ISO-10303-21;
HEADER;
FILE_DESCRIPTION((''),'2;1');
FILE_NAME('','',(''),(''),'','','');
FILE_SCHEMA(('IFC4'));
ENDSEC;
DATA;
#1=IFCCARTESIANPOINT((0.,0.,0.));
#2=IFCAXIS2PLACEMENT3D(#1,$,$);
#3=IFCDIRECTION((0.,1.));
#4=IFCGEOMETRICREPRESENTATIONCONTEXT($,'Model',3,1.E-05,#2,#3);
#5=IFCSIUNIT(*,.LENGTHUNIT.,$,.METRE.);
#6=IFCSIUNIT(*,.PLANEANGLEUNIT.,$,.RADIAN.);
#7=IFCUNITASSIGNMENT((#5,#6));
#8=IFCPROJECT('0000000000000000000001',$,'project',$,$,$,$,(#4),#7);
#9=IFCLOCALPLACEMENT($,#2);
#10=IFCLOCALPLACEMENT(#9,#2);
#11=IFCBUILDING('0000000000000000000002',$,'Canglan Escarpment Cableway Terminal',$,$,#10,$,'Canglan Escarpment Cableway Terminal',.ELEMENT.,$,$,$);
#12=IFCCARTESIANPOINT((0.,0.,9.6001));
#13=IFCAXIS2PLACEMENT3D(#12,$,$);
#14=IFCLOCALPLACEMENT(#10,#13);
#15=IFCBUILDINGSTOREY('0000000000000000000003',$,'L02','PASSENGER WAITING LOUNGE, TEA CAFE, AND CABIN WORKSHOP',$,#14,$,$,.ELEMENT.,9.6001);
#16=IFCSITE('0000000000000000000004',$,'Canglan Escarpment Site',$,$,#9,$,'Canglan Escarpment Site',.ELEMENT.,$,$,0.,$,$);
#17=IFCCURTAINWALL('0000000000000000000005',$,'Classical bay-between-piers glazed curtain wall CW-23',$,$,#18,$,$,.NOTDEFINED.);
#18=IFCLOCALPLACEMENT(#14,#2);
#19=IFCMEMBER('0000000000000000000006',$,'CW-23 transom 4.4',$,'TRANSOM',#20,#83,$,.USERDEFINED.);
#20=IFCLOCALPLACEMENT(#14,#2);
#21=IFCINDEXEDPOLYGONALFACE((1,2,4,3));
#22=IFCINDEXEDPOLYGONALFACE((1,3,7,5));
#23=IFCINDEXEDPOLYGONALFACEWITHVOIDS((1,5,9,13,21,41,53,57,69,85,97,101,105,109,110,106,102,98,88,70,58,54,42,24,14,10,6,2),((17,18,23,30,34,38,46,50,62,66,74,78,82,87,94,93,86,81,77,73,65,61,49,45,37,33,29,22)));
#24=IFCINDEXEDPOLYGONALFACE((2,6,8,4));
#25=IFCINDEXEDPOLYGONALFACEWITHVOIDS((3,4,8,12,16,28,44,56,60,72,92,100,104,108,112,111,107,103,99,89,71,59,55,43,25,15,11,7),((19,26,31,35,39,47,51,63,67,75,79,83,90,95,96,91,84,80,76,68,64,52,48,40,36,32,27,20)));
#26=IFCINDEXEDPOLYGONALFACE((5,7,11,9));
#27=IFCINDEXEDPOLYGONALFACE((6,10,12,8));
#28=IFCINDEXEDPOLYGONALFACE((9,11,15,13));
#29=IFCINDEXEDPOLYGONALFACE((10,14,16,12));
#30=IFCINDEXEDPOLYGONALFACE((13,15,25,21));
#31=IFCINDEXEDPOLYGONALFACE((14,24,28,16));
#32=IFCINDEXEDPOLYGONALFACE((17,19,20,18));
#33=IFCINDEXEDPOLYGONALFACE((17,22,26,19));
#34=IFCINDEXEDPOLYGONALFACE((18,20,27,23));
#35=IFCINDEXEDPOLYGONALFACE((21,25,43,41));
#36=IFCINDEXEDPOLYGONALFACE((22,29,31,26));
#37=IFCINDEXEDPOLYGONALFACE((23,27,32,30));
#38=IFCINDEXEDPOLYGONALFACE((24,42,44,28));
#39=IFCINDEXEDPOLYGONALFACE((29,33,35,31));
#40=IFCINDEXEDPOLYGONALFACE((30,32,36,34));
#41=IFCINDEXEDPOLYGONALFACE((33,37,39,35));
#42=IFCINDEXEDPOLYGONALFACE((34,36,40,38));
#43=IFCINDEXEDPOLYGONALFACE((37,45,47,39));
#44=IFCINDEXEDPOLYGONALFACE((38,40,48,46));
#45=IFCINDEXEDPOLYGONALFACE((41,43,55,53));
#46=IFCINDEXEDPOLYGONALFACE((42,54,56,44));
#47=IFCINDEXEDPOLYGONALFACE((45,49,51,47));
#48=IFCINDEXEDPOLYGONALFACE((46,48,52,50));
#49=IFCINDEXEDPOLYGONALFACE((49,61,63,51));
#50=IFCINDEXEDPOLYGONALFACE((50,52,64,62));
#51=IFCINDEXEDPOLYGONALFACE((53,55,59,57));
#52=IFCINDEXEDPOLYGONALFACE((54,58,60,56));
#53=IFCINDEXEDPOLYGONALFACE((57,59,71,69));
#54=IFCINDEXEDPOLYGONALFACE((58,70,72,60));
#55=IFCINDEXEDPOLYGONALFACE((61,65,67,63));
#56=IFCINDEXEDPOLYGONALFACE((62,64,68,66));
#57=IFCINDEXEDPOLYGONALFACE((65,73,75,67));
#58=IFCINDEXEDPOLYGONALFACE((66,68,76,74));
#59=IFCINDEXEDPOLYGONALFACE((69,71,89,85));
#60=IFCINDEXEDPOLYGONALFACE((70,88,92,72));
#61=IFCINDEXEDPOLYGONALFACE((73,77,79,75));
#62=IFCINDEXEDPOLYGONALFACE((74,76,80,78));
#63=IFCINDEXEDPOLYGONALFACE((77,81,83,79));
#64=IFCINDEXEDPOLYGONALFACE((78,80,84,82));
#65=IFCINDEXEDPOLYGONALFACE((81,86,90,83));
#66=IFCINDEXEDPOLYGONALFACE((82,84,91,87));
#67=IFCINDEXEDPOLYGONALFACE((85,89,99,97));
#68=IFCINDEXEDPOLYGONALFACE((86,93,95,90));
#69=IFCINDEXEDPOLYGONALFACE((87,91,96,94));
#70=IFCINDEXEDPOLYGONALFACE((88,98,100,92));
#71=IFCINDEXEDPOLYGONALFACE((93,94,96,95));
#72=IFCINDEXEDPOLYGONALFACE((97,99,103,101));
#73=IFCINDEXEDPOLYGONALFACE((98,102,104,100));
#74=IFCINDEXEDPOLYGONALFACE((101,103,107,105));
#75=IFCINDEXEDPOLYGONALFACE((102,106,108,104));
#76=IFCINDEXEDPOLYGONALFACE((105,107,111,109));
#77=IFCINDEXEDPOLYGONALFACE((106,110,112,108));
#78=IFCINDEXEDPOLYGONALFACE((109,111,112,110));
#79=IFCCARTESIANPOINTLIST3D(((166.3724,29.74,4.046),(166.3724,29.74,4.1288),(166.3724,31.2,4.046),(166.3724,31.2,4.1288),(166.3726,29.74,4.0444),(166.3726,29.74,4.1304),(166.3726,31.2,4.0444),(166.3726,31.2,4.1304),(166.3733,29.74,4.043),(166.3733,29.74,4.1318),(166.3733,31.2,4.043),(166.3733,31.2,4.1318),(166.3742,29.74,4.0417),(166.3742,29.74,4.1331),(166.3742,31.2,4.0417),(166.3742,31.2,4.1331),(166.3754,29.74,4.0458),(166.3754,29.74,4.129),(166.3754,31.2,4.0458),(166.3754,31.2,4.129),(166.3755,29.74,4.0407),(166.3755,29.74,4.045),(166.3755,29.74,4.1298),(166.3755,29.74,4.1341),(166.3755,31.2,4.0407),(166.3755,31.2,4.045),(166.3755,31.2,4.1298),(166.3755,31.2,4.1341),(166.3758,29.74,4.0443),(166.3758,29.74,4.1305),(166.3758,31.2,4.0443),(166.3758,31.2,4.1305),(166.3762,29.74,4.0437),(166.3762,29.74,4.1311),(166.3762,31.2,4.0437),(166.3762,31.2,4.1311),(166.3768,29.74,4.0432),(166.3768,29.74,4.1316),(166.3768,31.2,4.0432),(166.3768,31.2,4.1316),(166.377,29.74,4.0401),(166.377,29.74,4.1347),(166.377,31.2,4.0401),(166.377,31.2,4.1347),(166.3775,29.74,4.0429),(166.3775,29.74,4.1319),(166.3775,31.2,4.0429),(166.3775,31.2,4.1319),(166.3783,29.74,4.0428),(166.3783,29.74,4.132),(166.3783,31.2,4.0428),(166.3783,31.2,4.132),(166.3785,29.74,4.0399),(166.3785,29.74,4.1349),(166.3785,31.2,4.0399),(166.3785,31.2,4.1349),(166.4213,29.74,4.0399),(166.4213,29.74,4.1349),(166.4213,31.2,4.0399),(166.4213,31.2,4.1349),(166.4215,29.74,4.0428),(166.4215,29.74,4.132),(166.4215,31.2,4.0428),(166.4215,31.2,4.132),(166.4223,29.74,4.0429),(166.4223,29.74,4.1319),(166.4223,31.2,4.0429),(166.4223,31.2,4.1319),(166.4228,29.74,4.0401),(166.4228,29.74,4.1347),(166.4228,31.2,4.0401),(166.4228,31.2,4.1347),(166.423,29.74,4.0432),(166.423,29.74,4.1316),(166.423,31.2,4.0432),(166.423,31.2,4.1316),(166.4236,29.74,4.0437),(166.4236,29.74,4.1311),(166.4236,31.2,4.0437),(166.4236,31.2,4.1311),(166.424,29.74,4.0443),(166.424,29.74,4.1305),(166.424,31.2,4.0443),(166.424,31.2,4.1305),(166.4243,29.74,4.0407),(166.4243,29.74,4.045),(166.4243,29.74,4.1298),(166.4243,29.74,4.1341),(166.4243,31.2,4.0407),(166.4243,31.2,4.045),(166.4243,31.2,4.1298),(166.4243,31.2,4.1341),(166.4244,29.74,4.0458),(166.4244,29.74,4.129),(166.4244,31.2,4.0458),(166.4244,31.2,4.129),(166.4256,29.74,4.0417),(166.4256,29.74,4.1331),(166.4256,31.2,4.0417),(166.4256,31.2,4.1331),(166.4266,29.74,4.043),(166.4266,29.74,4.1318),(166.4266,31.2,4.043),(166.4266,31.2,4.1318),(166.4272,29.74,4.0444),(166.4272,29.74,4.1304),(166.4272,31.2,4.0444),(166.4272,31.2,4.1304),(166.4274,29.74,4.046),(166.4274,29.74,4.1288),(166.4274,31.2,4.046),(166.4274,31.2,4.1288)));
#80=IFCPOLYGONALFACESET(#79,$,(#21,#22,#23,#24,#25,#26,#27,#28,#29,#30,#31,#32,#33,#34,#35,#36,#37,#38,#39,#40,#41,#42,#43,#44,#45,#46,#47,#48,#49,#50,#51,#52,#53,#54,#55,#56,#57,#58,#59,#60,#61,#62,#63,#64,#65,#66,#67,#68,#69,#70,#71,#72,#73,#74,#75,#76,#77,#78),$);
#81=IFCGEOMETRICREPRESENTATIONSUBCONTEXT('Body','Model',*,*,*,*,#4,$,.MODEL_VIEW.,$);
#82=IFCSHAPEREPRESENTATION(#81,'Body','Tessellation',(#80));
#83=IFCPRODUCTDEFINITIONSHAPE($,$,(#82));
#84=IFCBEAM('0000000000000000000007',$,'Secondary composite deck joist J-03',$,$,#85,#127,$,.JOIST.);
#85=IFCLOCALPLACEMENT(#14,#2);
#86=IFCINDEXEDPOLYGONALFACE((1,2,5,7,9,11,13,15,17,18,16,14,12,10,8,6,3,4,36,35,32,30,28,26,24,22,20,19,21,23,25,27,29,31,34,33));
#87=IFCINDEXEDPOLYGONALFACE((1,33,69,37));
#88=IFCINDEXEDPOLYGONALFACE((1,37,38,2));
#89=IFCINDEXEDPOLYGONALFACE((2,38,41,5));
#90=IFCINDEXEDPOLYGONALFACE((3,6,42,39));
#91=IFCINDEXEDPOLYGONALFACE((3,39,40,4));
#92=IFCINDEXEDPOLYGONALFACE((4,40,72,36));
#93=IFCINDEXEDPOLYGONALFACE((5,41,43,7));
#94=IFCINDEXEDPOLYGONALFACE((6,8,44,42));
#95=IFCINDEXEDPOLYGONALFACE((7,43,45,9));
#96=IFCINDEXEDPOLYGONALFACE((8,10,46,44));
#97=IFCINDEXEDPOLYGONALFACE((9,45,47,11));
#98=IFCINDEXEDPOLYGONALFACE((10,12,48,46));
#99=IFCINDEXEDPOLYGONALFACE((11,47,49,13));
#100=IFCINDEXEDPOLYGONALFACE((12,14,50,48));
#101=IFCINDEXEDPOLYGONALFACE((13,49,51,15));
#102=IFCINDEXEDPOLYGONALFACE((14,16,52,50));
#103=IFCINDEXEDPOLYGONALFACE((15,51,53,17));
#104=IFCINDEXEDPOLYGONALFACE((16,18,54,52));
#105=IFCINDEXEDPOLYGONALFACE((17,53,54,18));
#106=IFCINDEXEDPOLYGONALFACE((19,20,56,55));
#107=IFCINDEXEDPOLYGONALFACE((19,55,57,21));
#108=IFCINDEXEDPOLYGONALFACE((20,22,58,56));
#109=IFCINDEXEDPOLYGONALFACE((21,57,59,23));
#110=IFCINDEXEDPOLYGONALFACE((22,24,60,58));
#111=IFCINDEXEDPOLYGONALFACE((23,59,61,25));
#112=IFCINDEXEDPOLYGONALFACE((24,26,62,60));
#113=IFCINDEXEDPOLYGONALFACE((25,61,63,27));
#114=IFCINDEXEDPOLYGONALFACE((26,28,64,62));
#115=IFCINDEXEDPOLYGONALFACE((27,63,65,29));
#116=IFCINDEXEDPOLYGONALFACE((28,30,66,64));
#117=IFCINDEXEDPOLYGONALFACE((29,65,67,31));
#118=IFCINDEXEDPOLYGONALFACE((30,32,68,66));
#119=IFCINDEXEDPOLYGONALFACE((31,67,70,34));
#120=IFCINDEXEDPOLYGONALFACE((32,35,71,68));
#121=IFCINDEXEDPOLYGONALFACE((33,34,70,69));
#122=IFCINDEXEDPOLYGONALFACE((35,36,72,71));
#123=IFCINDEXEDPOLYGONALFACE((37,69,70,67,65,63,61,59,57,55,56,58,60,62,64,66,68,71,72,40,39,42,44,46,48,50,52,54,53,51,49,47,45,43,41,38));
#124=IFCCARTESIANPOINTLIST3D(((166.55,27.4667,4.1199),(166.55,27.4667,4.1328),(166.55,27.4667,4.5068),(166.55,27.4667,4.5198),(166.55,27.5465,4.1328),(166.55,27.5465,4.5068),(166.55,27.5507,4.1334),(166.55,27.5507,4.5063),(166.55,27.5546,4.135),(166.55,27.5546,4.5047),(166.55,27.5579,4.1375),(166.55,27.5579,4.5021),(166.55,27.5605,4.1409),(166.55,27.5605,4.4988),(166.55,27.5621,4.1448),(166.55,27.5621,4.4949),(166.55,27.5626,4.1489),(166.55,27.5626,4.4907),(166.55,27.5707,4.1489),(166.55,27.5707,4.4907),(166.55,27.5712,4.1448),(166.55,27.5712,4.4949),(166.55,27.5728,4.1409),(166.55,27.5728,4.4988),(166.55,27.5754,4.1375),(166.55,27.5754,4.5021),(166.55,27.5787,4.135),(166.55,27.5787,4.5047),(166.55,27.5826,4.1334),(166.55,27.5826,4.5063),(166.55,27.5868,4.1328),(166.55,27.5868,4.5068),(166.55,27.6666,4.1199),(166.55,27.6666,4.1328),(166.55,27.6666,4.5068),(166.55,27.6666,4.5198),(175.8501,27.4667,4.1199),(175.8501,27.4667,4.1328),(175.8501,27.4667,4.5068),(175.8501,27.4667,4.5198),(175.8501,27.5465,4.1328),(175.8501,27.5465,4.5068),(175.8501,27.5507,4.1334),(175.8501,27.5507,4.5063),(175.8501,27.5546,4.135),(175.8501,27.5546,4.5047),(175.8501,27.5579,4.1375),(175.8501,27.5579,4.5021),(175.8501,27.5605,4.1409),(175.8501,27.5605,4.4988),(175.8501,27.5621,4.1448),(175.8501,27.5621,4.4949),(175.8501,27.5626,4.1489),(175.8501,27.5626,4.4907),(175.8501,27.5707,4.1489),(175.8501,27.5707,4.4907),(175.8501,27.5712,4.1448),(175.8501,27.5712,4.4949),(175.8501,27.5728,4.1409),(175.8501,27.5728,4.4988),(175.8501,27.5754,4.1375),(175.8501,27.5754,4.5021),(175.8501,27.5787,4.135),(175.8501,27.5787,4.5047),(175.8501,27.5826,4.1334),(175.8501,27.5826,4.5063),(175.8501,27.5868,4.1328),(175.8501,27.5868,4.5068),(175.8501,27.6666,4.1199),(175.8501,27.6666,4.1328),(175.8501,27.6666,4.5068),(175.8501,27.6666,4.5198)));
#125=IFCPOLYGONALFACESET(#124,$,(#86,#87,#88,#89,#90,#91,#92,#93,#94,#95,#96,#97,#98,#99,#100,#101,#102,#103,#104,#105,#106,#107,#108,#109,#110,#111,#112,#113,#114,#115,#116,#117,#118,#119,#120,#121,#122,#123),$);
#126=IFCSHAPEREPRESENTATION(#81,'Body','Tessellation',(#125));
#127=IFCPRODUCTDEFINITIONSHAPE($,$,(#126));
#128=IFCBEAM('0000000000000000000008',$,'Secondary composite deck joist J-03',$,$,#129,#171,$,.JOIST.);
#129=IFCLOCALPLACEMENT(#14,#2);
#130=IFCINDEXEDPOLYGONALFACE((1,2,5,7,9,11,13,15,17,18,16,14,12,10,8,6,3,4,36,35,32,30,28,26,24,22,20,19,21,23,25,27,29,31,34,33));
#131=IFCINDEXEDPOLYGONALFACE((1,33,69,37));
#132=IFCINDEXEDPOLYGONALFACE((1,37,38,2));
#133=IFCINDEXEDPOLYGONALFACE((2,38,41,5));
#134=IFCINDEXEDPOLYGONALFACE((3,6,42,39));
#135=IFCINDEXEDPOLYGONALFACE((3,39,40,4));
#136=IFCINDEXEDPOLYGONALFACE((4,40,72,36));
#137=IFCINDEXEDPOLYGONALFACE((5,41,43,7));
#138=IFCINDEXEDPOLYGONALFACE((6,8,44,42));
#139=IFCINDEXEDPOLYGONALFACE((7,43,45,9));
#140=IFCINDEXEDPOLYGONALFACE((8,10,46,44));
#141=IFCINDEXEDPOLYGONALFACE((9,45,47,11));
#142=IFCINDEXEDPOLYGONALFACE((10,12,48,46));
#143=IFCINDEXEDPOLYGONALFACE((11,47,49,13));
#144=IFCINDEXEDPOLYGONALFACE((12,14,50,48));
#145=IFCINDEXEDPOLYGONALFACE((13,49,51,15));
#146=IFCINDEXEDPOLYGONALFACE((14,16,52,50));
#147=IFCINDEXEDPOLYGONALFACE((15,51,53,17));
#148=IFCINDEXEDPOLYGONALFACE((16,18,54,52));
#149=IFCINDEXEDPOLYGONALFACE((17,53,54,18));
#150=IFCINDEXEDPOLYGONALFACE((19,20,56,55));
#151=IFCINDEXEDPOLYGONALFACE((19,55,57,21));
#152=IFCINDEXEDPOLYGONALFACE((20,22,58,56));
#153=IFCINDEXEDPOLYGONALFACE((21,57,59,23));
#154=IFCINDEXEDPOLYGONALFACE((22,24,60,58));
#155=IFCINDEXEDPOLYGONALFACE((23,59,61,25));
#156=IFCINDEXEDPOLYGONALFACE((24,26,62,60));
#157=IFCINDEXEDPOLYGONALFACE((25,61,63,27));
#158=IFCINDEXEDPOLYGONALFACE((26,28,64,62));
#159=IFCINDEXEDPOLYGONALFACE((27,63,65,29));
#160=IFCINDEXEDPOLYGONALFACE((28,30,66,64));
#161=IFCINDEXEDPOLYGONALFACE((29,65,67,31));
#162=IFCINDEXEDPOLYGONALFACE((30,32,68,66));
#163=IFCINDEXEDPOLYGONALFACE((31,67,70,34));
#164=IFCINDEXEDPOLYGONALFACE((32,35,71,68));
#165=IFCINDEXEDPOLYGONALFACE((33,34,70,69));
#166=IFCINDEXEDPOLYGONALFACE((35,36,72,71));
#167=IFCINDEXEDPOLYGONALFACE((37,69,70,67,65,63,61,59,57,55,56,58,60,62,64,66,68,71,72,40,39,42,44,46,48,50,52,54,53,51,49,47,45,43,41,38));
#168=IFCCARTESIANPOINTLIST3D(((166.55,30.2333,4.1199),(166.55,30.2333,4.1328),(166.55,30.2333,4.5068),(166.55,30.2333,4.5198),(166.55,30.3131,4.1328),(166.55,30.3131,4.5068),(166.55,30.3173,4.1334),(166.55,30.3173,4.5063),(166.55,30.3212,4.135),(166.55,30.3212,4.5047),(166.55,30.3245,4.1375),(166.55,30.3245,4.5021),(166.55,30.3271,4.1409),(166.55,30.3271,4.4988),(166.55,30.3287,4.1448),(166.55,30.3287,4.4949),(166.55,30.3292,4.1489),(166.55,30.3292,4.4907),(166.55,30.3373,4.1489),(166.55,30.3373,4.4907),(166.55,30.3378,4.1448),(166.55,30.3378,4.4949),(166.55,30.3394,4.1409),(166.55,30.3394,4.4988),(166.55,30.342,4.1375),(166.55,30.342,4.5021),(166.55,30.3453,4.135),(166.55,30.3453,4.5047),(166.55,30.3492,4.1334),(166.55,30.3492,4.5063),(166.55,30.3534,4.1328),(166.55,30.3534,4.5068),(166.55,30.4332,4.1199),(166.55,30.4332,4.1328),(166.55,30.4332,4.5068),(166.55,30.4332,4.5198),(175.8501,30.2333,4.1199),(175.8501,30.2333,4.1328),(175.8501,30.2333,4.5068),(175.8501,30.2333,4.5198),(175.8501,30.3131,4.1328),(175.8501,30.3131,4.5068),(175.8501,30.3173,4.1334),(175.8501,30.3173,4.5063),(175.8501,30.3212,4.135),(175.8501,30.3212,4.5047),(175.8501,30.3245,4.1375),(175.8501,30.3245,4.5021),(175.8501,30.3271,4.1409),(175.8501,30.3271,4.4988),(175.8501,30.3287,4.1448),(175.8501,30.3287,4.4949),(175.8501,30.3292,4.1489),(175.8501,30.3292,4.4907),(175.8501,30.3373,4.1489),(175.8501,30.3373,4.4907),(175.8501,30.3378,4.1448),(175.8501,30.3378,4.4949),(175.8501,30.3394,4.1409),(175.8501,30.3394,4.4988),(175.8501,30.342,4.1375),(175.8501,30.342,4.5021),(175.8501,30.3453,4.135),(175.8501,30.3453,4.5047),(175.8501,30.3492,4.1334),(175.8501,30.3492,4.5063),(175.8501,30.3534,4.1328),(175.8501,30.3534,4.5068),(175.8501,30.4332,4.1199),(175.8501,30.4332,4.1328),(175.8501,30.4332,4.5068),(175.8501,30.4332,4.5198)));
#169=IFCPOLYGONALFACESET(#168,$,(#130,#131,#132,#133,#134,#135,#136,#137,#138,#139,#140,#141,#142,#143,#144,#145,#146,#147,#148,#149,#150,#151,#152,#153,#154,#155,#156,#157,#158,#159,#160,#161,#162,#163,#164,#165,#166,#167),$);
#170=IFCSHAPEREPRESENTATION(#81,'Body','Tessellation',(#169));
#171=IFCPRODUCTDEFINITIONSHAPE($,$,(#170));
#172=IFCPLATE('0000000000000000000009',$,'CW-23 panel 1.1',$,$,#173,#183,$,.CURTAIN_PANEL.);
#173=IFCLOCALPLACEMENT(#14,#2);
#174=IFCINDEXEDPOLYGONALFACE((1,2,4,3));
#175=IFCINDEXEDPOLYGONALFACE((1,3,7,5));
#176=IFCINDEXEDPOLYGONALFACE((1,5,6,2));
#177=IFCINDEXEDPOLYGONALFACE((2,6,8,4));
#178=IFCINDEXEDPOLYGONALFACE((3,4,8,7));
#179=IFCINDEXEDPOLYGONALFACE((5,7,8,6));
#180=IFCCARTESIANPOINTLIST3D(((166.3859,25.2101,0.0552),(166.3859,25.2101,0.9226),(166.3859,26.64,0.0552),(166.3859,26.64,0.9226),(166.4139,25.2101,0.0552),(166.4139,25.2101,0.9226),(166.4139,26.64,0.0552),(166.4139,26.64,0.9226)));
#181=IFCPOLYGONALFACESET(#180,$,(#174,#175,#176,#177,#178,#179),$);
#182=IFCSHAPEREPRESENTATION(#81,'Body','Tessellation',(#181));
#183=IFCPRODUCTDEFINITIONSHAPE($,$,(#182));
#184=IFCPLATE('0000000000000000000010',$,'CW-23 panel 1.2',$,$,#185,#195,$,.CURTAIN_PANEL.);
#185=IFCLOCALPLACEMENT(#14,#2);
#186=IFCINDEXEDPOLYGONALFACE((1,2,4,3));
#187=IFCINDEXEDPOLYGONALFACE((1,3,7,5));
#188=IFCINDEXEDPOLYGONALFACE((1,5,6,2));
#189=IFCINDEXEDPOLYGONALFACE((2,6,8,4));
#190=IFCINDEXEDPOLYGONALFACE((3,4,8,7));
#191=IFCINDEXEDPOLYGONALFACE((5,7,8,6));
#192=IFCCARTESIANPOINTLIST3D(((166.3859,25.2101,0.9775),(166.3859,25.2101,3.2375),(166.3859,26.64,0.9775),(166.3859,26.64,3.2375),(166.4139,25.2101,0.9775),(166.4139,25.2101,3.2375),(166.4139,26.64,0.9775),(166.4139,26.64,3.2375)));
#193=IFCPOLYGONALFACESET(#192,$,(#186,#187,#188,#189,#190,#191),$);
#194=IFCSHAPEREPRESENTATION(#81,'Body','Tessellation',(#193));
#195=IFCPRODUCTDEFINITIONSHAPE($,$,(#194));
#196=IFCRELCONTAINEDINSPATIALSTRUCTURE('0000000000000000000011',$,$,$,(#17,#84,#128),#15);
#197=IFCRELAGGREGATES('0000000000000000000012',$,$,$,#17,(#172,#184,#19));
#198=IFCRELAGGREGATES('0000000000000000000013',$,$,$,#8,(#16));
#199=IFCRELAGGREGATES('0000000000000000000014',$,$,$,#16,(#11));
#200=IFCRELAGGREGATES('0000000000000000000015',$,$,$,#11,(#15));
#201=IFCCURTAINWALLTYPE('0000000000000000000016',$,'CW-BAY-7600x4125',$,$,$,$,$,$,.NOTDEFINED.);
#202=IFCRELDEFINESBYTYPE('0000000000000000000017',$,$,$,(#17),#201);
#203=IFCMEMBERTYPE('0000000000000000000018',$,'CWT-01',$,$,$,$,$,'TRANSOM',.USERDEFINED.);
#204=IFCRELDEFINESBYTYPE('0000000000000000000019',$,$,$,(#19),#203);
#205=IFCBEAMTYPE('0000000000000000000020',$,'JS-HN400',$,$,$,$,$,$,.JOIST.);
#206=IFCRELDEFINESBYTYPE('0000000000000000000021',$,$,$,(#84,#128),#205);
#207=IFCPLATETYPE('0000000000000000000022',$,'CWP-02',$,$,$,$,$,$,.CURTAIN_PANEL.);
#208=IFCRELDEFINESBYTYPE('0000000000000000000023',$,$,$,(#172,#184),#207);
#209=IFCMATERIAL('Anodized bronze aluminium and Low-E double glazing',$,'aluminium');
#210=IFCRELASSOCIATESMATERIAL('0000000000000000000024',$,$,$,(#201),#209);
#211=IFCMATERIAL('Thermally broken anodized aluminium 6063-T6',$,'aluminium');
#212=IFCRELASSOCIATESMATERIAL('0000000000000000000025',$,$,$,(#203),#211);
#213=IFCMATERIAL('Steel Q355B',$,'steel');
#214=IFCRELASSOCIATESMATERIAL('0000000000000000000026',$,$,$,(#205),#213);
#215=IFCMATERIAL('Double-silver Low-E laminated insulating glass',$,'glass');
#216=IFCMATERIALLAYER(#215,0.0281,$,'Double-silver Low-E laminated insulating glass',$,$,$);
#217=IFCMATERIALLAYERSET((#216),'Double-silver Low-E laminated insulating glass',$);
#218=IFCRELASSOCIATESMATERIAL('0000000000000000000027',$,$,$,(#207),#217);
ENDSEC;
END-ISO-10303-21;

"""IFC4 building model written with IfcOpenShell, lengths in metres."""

from ifc_helpers import new_model, si_unit, direction, frame, origin, origin_2d, place, context, subcontext, project, spatial, rectangle, hollow_rectangle, i_section, extrude, material, layer, layer_set, material_profile, profile_set, type_object, element, aggregate, save


model = new_model("IFC4")

# Units and contexts
model_context = context("Model", 3, precision=1e-05, world=origin(), true_north=direction((0.0, 1.0)))
body_context = subcontext(model_context, "Body", "Model", "MODEL_VIEW")
ifc_project = project(units=[si_unit("LENGTHUNIT", "METRE"), si_unit("PLANEANGLEUNIT", "RADIAN")], contexts=[model_context])

# Site, building, storey
site_placement = place(None, origin())
site = spatial("IfcSite", under=ifc_project, at=site_placement, Name="Canglan Escarpment Site", LongName="Canglan Escarpment Site", CompositionType="ELEMENT", RefElevation=0.0)
building_placement = place(site_placement, origin())
building = spatial("IfcBuilding", under=site, at=building_placement, Name="Canglan Escarpment Cableway Terminal", LongName="Canglan Escarpment Cableway Terminal", CompositionType="ELEMENT")
storey_placement = place(building_placement, frame((0.0, 0.0, 9.6001)))
storey = spatial("IfcBuildingStorey", under=building, at=storey_placement, Name="L02", Description="PASSENGER WAITING LOUNGE, TEA CAFE, AND CABIN WORKSHOP", CompositionType="ELEMENT", Elevation=9.6001)

# Curtain wall, member
ifc_material_1 = material(Name="Anodized bronze aluminium and Low-E double glazing", Category="aluminium")
curtain_wall_type = type_object("IfcCurtainWallType", Name="CW-BAY-7600x4125", PredefinedType="NOTDEFINED", material=ifc_material_1)
curtain_wall_placement = place(storey_placement, origin())
curtain_wall = element("IfcCurtainWall", 1, at=curtain_wall_placement, inside=storey, type_object=curtain_wall_type, Name="Classical bay-between-piers glazed curtain wall CW-23", PredefinedType="NOTDEFINED")
ifc_material_2 = material(Name="Thermally broken anodized aluminium 6063-T6", Category="aluminium")
ifc_material_profile_1 = material_profile(ifc_material_2, hollow_rectangle(XDim=0.0549, YDim=0.095, WallThickness=0.0029, InnerFilletRadius=0.0029, OuterFilletRadius=0.0061, at=origin_2d()), Name="ALU-TRAN 55x95x3")
ifc_profile_set_1 = profile_set([ifc_material_profile_1], Name="Thermally broken anodized aluminium 6063-T6")
member_type_1 = type_object("IfcMemberType", Name="CWT-01", ElementType="TRANSOM", PredefinedType="USERDEFINED", material=ifc_profile_set_1)
member_1_placement = place(storey_placement, frame((166.3999, 29.74, 4.0874), z_axis=(0.0, 1.0, 0.0), x_axis=(-1.0, 0.0, 0.0)))
member_1 = element("IfcMember", 2, at=member_1_placement, type_object=member_type_1, Name="CW-23 transom 4.4", ObjectType="TRANSOM", PredefinedType="USERDEFINED", context=body_context, shape_type="SweptSolid", body=[
    extrude(hollow_rectangle(XDim=0.0549, YDim=0.095, WallThickness=0.0029, InnerFilletRadius=0.0029, OuterFilletRadius=0.0061, at=origin_2d()), origin(), (0.0, 0.0, 1.0), 1.46),
])

# Beams
ifc_material_3 = material(Name="Steel Q355B", Category="steel")
ifc_material_profile_2 = material_profile(ifc_material_3, i_section(OverallWidth=0.2, OverallDepth=0.3999, WebThickness=0.0081, FlangeThickness=0.0129, FilletRadius=0.0161, at=origin_2d()), Name="HN 400x200x8x13")
ifc_profile_set_2 = profile_set([ifc_material_profile_2], Name="Steel Q355B")
beam_type = type_object("IfcBeamType", Name="JS-HN400", PredefinedType="JOIST", material=ifc_profile_set_2)
for number, where, z_axis, x_axis, name in (
    (3, (166.55, 27.5667, 4.3198), (1.0, 0.0, 0.0), (0.0, 1.0, 0.0), "Secondary composite deck joist J-03"),
    (4, (166.55, 30.3333, 4.3198), (1.0, 0.0, 0.0), (0.0, 1.0, 0.0), "Secondary composite deck joist J-03"),
):
    element("IfcBeam", number, at=place(storey_placement, frame(where, z_axis=z_axis, x_axis=x_axis)), inside=storey, type_object=beam_type, Name=name, PredefinedType="JOIST", context=body_context, shape_type="SweptSolid", body=[
        extrude(i_section(OverallWidth=0.2, OverallDepth=0.3999, WebThickness=0.0081, FlangeThickness=0.0129, FilletRadius=0.0161, at=origin_2d()), origin(), (0.0, 0.0, 1.0), 9.3),
    ])

# Plates
ifc_material_4 = material(Name="Double-silver Low-E laminated insulating glass", Category="glass")
ifc_layer = layer(ifc_material_4, 0.0281, Name="Double-silver Low-E laminated insulating glass")
ifc_layer_set = layer_set([ifc_layer], Name="Double-silver Low-E laminated insulating glass")
plate_type = type_object("IfcPlateType", Name="CWP-02", PredefinedType="CURTAIN_PANEL", material=ifc_layer_set)
plate_1_placement = place(storey_placement, frame((166.3999, 25.925, 0.0552), z_axis=(0.0, 0.0, 1.0), x_axis=(0.0, 1.0, 0.0)))
plate_1 = element("IfcPlate", 5, at=plate_1_placement, type_object=plate_type, Name="CW-23 panel 1.1", PredefinedType="CURTAIN_PANEL", context=body_context, shape_type="SweptSolid", body=[
    extrude(rectangle(XDim=1.4299, YDim=0.0281, at=origin_2d()), origin(), (0.0, 0.0, 1.0), 0.8674),
])
plate_2_placement = place(storey_placement, frame((166.3999, 25.925, 0.9775), z_axis=(0.0, 0.0, 1.0), x_axis=(0.0, 1.0, 0.0)))
plate_2 = element("IfcPlate", 6, at=plate_2_placement, type_object=plate_type, Name="CW-23 panel 1.2", PredefinedType="CURTAIN_PANEL", context=body_context, shape_type="SweptSolid", body=[
    extrude(rectangle(XDim=1.4299, YDim=0.0281, at=origin_2d()), origin(), (0.0, 0.0, 1.0), 2.26),
])
aggregate(curtain_wall, [plate_1, plate_2, member_1])

save(model, "model.ifc")
